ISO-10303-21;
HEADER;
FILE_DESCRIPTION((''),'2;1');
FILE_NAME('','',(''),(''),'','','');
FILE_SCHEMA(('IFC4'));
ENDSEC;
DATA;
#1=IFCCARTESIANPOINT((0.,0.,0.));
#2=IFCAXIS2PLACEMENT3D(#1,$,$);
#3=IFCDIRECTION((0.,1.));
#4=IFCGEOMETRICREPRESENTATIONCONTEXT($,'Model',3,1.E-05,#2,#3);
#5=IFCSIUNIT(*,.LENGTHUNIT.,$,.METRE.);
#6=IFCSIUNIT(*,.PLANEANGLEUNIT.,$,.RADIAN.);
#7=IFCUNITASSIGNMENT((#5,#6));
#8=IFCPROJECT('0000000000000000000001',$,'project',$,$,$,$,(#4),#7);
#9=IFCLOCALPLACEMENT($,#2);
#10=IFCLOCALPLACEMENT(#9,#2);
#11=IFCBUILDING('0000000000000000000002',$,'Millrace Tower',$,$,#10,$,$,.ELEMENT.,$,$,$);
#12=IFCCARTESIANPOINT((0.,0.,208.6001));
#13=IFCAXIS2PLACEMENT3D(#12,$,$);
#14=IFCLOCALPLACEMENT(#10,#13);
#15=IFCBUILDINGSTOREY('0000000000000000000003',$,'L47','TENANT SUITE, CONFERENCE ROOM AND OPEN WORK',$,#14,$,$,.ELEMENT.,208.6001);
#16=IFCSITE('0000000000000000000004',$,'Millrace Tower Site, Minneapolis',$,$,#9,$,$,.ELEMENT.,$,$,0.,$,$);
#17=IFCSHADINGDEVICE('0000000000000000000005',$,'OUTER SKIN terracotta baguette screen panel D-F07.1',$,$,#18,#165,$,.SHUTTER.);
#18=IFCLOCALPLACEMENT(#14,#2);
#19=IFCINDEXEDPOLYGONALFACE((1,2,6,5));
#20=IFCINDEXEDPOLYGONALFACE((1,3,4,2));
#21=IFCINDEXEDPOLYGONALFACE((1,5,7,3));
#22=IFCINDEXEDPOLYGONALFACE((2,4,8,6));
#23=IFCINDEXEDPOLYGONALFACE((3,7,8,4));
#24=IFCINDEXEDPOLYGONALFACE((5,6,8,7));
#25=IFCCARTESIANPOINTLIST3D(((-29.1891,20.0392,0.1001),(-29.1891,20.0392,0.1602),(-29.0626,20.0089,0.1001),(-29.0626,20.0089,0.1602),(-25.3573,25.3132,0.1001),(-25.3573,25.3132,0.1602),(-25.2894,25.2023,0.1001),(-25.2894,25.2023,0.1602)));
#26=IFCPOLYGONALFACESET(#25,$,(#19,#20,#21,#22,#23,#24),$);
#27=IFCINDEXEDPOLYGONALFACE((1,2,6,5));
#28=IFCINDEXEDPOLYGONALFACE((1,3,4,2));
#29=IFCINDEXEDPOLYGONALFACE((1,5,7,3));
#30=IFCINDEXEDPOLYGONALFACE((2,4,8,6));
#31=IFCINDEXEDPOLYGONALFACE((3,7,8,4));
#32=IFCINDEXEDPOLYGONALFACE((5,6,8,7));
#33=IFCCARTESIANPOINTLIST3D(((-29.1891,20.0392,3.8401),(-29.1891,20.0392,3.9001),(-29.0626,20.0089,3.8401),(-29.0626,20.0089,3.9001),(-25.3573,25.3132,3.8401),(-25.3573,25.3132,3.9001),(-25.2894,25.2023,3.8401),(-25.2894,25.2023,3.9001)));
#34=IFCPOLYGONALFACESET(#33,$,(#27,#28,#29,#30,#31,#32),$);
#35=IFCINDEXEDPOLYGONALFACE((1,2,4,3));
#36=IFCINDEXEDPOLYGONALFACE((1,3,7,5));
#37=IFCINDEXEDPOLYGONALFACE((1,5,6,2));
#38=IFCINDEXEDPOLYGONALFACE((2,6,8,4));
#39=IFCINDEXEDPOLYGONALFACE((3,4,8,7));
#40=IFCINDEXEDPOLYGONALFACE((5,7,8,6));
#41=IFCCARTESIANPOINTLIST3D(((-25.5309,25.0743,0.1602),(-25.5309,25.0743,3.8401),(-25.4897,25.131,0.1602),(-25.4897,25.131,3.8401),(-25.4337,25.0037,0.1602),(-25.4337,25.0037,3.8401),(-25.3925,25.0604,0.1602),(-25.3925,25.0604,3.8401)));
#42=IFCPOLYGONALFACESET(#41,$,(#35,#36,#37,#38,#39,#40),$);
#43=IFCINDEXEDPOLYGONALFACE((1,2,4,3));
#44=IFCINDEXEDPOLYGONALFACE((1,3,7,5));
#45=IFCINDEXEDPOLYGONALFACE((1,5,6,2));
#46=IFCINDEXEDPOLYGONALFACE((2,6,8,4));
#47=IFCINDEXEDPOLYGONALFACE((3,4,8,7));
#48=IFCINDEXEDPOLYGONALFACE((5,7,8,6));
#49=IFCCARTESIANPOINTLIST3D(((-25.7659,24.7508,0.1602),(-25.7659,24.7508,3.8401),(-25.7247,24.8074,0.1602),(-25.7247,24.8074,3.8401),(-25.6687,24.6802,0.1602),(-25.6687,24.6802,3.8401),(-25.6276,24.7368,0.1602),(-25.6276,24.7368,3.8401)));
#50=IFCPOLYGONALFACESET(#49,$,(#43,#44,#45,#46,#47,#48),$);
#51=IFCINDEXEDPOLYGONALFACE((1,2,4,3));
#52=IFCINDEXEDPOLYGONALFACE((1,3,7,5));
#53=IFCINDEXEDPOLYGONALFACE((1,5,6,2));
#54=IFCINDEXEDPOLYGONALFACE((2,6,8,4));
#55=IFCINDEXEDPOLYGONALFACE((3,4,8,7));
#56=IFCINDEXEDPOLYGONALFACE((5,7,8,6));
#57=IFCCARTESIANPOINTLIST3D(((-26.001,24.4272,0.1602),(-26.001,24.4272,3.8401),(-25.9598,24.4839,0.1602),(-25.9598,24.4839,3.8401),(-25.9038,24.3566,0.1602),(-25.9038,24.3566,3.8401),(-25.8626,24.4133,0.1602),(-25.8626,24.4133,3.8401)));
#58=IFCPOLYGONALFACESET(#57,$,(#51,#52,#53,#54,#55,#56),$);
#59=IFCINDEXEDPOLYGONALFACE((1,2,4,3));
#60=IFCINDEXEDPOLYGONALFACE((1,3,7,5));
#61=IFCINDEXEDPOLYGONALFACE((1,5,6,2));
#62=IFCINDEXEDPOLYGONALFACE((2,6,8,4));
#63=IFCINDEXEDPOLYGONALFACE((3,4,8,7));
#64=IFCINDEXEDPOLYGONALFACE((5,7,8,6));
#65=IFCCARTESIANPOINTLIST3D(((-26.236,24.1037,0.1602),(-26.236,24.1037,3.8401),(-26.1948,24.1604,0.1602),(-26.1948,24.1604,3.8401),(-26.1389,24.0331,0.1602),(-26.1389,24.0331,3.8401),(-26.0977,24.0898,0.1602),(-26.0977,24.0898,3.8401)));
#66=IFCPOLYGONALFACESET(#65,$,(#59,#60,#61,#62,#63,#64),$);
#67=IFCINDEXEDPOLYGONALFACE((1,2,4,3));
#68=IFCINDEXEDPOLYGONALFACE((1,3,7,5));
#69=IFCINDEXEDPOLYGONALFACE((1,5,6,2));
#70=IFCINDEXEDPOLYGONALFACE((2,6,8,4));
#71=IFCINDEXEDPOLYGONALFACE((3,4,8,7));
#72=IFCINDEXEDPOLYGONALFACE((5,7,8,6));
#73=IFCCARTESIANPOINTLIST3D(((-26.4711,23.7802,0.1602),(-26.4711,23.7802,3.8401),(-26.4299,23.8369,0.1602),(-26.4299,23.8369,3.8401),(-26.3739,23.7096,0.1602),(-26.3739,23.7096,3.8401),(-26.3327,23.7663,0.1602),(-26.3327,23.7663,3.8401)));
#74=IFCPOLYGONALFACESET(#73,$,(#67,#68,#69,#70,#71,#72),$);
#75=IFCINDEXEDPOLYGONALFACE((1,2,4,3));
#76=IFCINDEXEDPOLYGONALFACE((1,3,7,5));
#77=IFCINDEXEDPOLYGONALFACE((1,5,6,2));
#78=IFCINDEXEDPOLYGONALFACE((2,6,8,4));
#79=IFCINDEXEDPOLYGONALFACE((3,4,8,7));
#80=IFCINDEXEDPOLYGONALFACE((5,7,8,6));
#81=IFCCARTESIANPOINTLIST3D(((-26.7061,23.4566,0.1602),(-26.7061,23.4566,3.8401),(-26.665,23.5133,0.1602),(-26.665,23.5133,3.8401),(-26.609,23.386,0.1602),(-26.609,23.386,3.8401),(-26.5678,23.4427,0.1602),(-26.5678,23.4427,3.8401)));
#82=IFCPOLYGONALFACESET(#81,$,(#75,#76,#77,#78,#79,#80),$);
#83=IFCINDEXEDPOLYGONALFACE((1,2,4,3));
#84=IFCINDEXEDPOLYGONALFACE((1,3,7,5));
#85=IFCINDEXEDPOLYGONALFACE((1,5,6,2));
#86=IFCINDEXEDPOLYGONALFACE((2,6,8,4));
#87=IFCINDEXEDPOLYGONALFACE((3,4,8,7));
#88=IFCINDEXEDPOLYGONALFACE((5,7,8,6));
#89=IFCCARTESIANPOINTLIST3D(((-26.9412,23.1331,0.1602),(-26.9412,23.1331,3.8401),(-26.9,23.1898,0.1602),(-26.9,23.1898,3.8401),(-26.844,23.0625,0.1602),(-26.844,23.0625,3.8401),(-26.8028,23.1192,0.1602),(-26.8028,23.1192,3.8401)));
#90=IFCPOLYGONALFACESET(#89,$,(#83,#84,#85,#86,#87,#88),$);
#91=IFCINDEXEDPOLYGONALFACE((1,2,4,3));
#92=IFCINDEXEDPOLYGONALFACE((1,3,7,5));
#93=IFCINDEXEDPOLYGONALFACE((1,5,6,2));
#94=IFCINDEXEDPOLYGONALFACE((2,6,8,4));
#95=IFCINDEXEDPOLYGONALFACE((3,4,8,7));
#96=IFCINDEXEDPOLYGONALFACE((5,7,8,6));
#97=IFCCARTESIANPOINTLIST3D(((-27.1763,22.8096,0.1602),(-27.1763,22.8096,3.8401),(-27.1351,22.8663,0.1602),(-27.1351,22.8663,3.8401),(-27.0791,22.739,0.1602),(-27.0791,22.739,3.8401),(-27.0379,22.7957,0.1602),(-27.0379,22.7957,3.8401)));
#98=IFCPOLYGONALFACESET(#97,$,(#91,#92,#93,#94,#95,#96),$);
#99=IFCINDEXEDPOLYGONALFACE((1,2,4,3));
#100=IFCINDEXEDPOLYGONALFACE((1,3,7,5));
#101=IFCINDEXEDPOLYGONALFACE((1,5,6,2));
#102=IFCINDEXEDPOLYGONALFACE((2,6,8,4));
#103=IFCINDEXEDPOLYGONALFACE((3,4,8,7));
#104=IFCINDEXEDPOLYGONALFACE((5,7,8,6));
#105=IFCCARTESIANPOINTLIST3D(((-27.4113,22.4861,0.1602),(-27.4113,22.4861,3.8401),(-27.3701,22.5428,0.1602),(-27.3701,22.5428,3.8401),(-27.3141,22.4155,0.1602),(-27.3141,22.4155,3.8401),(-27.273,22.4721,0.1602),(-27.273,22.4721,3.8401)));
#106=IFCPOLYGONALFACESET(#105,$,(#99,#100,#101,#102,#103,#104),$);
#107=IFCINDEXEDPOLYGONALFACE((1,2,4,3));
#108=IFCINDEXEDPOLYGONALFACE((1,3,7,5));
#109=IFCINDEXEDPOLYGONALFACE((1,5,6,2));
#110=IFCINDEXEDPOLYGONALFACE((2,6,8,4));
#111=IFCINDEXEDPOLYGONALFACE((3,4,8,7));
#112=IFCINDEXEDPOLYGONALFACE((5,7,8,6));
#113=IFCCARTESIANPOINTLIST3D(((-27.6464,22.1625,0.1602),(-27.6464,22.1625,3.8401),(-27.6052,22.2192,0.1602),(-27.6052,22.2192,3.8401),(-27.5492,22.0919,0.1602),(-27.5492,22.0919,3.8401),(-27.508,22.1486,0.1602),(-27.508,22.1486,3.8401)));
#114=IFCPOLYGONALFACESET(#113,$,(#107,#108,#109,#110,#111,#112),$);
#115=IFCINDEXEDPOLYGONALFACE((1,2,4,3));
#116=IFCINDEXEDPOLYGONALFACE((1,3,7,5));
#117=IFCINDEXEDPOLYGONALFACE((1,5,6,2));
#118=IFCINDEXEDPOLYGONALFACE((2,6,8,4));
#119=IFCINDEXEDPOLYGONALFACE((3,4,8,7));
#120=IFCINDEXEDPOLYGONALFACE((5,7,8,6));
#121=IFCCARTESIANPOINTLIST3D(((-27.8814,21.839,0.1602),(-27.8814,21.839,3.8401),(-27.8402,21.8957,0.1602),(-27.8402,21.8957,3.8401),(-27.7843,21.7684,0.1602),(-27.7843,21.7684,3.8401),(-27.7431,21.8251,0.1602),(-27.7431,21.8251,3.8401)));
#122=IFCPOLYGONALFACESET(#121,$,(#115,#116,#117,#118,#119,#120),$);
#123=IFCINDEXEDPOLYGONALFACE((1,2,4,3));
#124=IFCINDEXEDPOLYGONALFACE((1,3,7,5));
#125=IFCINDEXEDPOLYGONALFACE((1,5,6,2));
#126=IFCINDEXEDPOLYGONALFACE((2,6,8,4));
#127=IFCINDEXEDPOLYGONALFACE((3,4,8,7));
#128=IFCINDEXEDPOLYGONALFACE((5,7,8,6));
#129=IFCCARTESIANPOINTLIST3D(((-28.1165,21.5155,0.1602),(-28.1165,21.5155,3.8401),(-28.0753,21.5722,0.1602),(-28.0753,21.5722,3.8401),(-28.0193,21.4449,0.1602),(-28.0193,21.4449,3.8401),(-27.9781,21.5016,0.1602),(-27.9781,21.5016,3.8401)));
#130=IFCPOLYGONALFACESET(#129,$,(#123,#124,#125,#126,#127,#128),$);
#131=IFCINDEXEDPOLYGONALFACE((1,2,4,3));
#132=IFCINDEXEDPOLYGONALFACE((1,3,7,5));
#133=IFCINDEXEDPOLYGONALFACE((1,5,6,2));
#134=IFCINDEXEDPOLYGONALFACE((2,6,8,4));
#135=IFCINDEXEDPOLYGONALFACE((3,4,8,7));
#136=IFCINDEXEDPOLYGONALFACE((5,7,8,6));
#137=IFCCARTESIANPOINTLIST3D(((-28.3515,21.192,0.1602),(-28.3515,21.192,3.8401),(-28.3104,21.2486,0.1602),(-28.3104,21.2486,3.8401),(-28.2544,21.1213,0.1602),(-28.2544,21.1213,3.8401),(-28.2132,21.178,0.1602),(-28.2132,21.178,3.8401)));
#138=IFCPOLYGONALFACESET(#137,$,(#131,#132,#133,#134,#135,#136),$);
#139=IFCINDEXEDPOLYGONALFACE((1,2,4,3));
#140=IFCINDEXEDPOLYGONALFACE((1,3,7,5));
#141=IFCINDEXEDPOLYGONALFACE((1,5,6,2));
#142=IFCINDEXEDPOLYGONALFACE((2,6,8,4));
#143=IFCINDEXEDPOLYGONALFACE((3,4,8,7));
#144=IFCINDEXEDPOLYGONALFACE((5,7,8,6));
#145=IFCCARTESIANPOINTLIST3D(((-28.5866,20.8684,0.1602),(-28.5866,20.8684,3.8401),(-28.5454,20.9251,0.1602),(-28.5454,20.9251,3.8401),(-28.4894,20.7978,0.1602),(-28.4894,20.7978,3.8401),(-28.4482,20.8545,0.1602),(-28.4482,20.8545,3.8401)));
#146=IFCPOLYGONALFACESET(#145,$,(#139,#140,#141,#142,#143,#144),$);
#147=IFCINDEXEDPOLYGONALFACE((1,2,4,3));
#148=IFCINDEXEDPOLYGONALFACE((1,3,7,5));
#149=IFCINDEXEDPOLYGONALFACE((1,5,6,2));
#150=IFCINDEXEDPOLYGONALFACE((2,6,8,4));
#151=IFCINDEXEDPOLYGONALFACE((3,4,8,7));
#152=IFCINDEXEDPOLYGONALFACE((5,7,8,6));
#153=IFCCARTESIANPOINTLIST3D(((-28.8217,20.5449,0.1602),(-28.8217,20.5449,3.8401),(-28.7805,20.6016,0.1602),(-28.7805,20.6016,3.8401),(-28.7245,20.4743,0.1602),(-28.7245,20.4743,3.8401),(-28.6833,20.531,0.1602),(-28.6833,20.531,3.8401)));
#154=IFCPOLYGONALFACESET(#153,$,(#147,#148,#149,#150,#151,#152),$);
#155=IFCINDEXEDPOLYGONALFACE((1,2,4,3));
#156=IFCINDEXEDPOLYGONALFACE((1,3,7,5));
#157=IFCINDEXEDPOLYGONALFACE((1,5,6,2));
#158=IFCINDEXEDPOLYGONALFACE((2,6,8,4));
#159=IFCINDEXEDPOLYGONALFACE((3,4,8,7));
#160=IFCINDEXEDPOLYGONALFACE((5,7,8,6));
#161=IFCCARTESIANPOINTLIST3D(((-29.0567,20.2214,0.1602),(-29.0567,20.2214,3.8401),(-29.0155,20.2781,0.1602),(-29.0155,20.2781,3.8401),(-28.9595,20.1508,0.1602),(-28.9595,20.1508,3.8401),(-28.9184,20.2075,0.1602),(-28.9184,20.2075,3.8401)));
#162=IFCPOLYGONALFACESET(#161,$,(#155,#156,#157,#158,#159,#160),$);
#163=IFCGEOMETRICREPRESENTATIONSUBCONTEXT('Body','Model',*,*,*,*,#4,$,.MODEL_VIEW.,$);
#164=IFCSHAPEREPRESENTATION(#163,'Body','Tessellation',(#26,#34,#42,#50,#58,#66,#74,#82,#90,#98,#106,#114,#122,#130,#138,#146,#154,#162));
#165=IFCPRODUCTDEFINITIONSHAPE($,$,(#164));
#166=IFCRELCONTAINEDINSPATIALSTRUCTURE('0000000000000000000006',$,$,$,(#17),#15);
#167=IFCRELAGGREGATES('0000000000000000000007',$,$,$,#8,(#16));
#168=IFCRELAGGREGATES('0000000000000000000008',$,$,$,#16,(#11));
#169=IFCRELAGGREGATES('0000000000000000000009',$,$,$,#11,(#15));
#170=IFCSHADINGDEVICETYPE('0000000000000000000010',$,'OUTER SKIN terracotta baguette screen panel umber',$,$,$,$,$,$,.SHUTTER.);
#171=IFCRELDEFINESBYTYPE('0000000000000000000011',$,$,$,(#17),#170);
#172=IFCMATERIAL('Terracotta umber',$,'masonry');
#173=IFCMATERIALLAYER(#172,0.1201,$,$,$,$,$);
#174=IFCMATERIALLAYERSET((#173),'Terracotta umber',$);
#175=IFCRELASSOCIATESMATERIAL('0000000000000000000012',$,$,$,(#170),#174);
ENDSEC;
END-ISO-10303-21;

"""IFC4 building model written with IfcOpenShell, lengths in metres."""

from ifc_helpers import new_model, entity, si_unit, direction, frame, frame_2d, origin, place, context, subcontext, project, spatial, rectangle, extrude, source, transform, mapped, material, layer, layer_set, type_object, element, save


model = new_model("IFC4")

# Units and contexts
model_context = context("Model", 3, precision=1e-05, world=origin(), true_north=direction((0.0, 1.0)))
body_context = subcontext(model_context, "Body", "Model", "MODEL_VIEW")
ifc_project = project(units=[si_unit("LENGTHUNIT", "METRE"), si_unit("PLANEANGLEUNIT", "RADIAN")], contexts=[model_context])

# Site, building, storey
site_placement = place(None, origin())
site = spatial("IfcSite", under=ifc_project, at=site_placement, Name="Millrace Tower Site, Minneapolis", CompositionType="ELEMENT", RefElevation=0.0)
building_placement = place(site_placement, origin())
building = spatial("IfcBuilding", under=site, at=building_placement, Name="Millrace Tower", CompositionType="ELEMENT")
storey_placement = place(building_placement, frame((0.0, 0.0, 208.6001)))
storey = spatial("IfcBuildingStorey", under=building, at=storey_placement, Name="L47", Description="TENANT SUITE, CONFERENCE ROOM AND OPEN WORK", CompositionType="ELEMENT", Elevation=208.6001)

# Shading device
ifc_material_1 = material(Name="Terracotta umber", Category="masonry")
ifc_layer_1 = layer(ifc_material_1, 0.1201)
ifc_layer_set_1 = layer_set([ifc_layer_1], Name="Terracotta umber")
shading_device_type = type_object("IfcShadingDeviceType", Name="OUTER SKIN terracotta baguette screen panel umber", PredefinedType="SHUTTER", material=ifc_layer_set_1)
cartesian_point_1 = entity("IfcCartesianPoint", [-3.2097, 0.0601])
shared_polyline_1 = entity("IfcPolyline", [cartesian_point_1, entity("IfcCartesianPoint", [3.2097, 0.0601]), entity("IfcCartesianPoint", [3.2595, -0.0601]), entity("IfcCartesianPoint", [-3.2595, -0.0601]), cartesian_point_1])
shared_shape_1 = source(origin(), body_context, "Body", "SweptSolid", [
    entity("IfcExtrudedAreaSolid", entity("IfcArbitraryClosedProfileDef", "AREA", None, shared_polyline_1), entity("IfcAxis2Placement3D", entity("IfcCartesianPoint", [0.0, 0.0, 0.0])), entity("IfcDirection", [0.0, 0.0, 1.0]), 0.0601),
    entity("IfcExtrudedAreaSolid", entity("IfcArbitraryClosedProfileDef", "AREA", None, shared_polyline_1), entity("IfcAxis2Placement3D", entity("IfcCartesianPoint", [0.0, 0.0, 3.74])), entity("IfcDirection", [0.0, 0.0, 1.0]), 0.0601),
    extrude(rectangle(XDim=0.0701, YDim=0.1201, at=frame_2d((-2.9993, 0.0))), frame((0.0, 0.0, 0.0601)), (0.0, 0.0, 1.0), 3.6799),
    extrude(rectangle(XDim=0.0701, YDim=0.1201, at=frame_2d((-2.5994, 0.0))), frame((0.0, 0.0, 0.0601)), (0.0, 0.0, 1.0), 3.6799),
    extrude(rectangle(XDim=0.0701, YDim=0.1201, at=frame_2d((-2.1995, 0.0))), frame((0.0, 0.0, 0.0601)), (0.0, 0.0, 1.0), 3.6799),
    extrude(rectangle(XDim=0.0701, YDim=0.1201, at=frame_2d((-1.7996, 0.0))), frame((0.0, 0.0, 0.0601)), (0.0, 0.0, 1.0), 3.6799),
    extrude(rectangle(XDim=0.0701, YDim=0.1201, at=frame_2d((-1.3997, 0.0))), frame((0.0, 0.0, 0.0601)), (0.0, 0.0, 1.0), 3.6799),
    extrude(rectangle(XDim=0.0701, YDim=0.1201, at=frame_2d((-0.9998, 0.0))), frame((0.0, 0.0, 0.0601)), (0.0, 0.0, 1.0), 3.6799),
    extrude(rectangle(XDim=0.0701, YDim=0.1201, at=frame_2d((-0.5999, 0.0))), frame((0.0, 0.0, 0.0601)), (0.0, 0.0, 1.0), 3.6799),
    extrude(rectangle(XDim=0.0701, YDim=0.1201, at=frame_2d((-0.2, 0.0))), frame((0.0, 0.0, 0.0601)), (0.0, 0.0, 1.0), 3.6799),
    extrude(rectangle(XDim=0.0701, YDim=0.1201, at=frame_2d((0.2, 0.0))), frame((0.0, 0.0, 0.0601)), (0.0, 0.0, 1.0), 3.6799),
    extrude(rectangle(XDim=0.0701, YDim=0.1201, at=frame_2d((0.5999, 0.0))), frame((0.0, 0.0, 0.0601)), (0.0, 0.0, 1.0), 3.6799),
    extrude(rectangle(XDim=0.0701, YDim=0.1201, at=frame_2d((0.9998, 0.0))), frame((0.0, 0.0, 0.0601)), (0.0, 0.0, 1.0), 3.6799),
    extrude(rectangle(XDim=0.0701, YDim=0.1201, at=frame_2d((1.3997, 0.0))), frame((0.0, 0.0, 0.0601)), (0.0, 0.0, 1.0), 3.6799),
    extrude(rectangle(XDim=0.0701, YDim=0.1201, at=frame_2d((1.7996, 0.0))), frame((0.0, 0.0, 0.0601)), (0.0, 0.0, 1.0), 3.6799),
    extrude(rectangle(XDim=0.0701, YDim=0.1201, at=frame_2d((2.1995, 0.0))), frame((0.0, 0.0, 0.0601)), (0.0, 0.0, 1.0), 3.6799),
    extrude(rectangle(XDim=0.0701, YDim=0.1201, at=frame_2d((2.5994, 0.0))), frame((0.0, 0.0, 0.0601)), (0.0, 0.0, 1.0), 3.6799),
    extrude(rectangle(XDim=0.0701, YDim=0.1201, at=frame_2d((2.9993, 0.0))), frame((0.0, 0.0, 0.0601)), (0.0, 0.0, 1.0), 3.6799),
])
shading_device_1_placement = place(storey_placement, frame((-27.2246, 22.6409, 0.1001), z_axis=(0.0, 0.0, 1.0), x_axis=(-0.587785, -0.809017, 0.0)))
element("IfcShadingDevice", 1, at=shading_device_1_placement, inside=storey, type_object=shading_device_type, Name="OUTER SKIN terracotta baguette screen panel D-F07.1", PredefinedType="SHUTTER", context=body_context, shape_type="MappedRepresentation", body=[
    mapped(shared_shape_1, transform((0.0, 0.0, 0.0), scale=1.0)),
])

save(model, "model.ifc")
